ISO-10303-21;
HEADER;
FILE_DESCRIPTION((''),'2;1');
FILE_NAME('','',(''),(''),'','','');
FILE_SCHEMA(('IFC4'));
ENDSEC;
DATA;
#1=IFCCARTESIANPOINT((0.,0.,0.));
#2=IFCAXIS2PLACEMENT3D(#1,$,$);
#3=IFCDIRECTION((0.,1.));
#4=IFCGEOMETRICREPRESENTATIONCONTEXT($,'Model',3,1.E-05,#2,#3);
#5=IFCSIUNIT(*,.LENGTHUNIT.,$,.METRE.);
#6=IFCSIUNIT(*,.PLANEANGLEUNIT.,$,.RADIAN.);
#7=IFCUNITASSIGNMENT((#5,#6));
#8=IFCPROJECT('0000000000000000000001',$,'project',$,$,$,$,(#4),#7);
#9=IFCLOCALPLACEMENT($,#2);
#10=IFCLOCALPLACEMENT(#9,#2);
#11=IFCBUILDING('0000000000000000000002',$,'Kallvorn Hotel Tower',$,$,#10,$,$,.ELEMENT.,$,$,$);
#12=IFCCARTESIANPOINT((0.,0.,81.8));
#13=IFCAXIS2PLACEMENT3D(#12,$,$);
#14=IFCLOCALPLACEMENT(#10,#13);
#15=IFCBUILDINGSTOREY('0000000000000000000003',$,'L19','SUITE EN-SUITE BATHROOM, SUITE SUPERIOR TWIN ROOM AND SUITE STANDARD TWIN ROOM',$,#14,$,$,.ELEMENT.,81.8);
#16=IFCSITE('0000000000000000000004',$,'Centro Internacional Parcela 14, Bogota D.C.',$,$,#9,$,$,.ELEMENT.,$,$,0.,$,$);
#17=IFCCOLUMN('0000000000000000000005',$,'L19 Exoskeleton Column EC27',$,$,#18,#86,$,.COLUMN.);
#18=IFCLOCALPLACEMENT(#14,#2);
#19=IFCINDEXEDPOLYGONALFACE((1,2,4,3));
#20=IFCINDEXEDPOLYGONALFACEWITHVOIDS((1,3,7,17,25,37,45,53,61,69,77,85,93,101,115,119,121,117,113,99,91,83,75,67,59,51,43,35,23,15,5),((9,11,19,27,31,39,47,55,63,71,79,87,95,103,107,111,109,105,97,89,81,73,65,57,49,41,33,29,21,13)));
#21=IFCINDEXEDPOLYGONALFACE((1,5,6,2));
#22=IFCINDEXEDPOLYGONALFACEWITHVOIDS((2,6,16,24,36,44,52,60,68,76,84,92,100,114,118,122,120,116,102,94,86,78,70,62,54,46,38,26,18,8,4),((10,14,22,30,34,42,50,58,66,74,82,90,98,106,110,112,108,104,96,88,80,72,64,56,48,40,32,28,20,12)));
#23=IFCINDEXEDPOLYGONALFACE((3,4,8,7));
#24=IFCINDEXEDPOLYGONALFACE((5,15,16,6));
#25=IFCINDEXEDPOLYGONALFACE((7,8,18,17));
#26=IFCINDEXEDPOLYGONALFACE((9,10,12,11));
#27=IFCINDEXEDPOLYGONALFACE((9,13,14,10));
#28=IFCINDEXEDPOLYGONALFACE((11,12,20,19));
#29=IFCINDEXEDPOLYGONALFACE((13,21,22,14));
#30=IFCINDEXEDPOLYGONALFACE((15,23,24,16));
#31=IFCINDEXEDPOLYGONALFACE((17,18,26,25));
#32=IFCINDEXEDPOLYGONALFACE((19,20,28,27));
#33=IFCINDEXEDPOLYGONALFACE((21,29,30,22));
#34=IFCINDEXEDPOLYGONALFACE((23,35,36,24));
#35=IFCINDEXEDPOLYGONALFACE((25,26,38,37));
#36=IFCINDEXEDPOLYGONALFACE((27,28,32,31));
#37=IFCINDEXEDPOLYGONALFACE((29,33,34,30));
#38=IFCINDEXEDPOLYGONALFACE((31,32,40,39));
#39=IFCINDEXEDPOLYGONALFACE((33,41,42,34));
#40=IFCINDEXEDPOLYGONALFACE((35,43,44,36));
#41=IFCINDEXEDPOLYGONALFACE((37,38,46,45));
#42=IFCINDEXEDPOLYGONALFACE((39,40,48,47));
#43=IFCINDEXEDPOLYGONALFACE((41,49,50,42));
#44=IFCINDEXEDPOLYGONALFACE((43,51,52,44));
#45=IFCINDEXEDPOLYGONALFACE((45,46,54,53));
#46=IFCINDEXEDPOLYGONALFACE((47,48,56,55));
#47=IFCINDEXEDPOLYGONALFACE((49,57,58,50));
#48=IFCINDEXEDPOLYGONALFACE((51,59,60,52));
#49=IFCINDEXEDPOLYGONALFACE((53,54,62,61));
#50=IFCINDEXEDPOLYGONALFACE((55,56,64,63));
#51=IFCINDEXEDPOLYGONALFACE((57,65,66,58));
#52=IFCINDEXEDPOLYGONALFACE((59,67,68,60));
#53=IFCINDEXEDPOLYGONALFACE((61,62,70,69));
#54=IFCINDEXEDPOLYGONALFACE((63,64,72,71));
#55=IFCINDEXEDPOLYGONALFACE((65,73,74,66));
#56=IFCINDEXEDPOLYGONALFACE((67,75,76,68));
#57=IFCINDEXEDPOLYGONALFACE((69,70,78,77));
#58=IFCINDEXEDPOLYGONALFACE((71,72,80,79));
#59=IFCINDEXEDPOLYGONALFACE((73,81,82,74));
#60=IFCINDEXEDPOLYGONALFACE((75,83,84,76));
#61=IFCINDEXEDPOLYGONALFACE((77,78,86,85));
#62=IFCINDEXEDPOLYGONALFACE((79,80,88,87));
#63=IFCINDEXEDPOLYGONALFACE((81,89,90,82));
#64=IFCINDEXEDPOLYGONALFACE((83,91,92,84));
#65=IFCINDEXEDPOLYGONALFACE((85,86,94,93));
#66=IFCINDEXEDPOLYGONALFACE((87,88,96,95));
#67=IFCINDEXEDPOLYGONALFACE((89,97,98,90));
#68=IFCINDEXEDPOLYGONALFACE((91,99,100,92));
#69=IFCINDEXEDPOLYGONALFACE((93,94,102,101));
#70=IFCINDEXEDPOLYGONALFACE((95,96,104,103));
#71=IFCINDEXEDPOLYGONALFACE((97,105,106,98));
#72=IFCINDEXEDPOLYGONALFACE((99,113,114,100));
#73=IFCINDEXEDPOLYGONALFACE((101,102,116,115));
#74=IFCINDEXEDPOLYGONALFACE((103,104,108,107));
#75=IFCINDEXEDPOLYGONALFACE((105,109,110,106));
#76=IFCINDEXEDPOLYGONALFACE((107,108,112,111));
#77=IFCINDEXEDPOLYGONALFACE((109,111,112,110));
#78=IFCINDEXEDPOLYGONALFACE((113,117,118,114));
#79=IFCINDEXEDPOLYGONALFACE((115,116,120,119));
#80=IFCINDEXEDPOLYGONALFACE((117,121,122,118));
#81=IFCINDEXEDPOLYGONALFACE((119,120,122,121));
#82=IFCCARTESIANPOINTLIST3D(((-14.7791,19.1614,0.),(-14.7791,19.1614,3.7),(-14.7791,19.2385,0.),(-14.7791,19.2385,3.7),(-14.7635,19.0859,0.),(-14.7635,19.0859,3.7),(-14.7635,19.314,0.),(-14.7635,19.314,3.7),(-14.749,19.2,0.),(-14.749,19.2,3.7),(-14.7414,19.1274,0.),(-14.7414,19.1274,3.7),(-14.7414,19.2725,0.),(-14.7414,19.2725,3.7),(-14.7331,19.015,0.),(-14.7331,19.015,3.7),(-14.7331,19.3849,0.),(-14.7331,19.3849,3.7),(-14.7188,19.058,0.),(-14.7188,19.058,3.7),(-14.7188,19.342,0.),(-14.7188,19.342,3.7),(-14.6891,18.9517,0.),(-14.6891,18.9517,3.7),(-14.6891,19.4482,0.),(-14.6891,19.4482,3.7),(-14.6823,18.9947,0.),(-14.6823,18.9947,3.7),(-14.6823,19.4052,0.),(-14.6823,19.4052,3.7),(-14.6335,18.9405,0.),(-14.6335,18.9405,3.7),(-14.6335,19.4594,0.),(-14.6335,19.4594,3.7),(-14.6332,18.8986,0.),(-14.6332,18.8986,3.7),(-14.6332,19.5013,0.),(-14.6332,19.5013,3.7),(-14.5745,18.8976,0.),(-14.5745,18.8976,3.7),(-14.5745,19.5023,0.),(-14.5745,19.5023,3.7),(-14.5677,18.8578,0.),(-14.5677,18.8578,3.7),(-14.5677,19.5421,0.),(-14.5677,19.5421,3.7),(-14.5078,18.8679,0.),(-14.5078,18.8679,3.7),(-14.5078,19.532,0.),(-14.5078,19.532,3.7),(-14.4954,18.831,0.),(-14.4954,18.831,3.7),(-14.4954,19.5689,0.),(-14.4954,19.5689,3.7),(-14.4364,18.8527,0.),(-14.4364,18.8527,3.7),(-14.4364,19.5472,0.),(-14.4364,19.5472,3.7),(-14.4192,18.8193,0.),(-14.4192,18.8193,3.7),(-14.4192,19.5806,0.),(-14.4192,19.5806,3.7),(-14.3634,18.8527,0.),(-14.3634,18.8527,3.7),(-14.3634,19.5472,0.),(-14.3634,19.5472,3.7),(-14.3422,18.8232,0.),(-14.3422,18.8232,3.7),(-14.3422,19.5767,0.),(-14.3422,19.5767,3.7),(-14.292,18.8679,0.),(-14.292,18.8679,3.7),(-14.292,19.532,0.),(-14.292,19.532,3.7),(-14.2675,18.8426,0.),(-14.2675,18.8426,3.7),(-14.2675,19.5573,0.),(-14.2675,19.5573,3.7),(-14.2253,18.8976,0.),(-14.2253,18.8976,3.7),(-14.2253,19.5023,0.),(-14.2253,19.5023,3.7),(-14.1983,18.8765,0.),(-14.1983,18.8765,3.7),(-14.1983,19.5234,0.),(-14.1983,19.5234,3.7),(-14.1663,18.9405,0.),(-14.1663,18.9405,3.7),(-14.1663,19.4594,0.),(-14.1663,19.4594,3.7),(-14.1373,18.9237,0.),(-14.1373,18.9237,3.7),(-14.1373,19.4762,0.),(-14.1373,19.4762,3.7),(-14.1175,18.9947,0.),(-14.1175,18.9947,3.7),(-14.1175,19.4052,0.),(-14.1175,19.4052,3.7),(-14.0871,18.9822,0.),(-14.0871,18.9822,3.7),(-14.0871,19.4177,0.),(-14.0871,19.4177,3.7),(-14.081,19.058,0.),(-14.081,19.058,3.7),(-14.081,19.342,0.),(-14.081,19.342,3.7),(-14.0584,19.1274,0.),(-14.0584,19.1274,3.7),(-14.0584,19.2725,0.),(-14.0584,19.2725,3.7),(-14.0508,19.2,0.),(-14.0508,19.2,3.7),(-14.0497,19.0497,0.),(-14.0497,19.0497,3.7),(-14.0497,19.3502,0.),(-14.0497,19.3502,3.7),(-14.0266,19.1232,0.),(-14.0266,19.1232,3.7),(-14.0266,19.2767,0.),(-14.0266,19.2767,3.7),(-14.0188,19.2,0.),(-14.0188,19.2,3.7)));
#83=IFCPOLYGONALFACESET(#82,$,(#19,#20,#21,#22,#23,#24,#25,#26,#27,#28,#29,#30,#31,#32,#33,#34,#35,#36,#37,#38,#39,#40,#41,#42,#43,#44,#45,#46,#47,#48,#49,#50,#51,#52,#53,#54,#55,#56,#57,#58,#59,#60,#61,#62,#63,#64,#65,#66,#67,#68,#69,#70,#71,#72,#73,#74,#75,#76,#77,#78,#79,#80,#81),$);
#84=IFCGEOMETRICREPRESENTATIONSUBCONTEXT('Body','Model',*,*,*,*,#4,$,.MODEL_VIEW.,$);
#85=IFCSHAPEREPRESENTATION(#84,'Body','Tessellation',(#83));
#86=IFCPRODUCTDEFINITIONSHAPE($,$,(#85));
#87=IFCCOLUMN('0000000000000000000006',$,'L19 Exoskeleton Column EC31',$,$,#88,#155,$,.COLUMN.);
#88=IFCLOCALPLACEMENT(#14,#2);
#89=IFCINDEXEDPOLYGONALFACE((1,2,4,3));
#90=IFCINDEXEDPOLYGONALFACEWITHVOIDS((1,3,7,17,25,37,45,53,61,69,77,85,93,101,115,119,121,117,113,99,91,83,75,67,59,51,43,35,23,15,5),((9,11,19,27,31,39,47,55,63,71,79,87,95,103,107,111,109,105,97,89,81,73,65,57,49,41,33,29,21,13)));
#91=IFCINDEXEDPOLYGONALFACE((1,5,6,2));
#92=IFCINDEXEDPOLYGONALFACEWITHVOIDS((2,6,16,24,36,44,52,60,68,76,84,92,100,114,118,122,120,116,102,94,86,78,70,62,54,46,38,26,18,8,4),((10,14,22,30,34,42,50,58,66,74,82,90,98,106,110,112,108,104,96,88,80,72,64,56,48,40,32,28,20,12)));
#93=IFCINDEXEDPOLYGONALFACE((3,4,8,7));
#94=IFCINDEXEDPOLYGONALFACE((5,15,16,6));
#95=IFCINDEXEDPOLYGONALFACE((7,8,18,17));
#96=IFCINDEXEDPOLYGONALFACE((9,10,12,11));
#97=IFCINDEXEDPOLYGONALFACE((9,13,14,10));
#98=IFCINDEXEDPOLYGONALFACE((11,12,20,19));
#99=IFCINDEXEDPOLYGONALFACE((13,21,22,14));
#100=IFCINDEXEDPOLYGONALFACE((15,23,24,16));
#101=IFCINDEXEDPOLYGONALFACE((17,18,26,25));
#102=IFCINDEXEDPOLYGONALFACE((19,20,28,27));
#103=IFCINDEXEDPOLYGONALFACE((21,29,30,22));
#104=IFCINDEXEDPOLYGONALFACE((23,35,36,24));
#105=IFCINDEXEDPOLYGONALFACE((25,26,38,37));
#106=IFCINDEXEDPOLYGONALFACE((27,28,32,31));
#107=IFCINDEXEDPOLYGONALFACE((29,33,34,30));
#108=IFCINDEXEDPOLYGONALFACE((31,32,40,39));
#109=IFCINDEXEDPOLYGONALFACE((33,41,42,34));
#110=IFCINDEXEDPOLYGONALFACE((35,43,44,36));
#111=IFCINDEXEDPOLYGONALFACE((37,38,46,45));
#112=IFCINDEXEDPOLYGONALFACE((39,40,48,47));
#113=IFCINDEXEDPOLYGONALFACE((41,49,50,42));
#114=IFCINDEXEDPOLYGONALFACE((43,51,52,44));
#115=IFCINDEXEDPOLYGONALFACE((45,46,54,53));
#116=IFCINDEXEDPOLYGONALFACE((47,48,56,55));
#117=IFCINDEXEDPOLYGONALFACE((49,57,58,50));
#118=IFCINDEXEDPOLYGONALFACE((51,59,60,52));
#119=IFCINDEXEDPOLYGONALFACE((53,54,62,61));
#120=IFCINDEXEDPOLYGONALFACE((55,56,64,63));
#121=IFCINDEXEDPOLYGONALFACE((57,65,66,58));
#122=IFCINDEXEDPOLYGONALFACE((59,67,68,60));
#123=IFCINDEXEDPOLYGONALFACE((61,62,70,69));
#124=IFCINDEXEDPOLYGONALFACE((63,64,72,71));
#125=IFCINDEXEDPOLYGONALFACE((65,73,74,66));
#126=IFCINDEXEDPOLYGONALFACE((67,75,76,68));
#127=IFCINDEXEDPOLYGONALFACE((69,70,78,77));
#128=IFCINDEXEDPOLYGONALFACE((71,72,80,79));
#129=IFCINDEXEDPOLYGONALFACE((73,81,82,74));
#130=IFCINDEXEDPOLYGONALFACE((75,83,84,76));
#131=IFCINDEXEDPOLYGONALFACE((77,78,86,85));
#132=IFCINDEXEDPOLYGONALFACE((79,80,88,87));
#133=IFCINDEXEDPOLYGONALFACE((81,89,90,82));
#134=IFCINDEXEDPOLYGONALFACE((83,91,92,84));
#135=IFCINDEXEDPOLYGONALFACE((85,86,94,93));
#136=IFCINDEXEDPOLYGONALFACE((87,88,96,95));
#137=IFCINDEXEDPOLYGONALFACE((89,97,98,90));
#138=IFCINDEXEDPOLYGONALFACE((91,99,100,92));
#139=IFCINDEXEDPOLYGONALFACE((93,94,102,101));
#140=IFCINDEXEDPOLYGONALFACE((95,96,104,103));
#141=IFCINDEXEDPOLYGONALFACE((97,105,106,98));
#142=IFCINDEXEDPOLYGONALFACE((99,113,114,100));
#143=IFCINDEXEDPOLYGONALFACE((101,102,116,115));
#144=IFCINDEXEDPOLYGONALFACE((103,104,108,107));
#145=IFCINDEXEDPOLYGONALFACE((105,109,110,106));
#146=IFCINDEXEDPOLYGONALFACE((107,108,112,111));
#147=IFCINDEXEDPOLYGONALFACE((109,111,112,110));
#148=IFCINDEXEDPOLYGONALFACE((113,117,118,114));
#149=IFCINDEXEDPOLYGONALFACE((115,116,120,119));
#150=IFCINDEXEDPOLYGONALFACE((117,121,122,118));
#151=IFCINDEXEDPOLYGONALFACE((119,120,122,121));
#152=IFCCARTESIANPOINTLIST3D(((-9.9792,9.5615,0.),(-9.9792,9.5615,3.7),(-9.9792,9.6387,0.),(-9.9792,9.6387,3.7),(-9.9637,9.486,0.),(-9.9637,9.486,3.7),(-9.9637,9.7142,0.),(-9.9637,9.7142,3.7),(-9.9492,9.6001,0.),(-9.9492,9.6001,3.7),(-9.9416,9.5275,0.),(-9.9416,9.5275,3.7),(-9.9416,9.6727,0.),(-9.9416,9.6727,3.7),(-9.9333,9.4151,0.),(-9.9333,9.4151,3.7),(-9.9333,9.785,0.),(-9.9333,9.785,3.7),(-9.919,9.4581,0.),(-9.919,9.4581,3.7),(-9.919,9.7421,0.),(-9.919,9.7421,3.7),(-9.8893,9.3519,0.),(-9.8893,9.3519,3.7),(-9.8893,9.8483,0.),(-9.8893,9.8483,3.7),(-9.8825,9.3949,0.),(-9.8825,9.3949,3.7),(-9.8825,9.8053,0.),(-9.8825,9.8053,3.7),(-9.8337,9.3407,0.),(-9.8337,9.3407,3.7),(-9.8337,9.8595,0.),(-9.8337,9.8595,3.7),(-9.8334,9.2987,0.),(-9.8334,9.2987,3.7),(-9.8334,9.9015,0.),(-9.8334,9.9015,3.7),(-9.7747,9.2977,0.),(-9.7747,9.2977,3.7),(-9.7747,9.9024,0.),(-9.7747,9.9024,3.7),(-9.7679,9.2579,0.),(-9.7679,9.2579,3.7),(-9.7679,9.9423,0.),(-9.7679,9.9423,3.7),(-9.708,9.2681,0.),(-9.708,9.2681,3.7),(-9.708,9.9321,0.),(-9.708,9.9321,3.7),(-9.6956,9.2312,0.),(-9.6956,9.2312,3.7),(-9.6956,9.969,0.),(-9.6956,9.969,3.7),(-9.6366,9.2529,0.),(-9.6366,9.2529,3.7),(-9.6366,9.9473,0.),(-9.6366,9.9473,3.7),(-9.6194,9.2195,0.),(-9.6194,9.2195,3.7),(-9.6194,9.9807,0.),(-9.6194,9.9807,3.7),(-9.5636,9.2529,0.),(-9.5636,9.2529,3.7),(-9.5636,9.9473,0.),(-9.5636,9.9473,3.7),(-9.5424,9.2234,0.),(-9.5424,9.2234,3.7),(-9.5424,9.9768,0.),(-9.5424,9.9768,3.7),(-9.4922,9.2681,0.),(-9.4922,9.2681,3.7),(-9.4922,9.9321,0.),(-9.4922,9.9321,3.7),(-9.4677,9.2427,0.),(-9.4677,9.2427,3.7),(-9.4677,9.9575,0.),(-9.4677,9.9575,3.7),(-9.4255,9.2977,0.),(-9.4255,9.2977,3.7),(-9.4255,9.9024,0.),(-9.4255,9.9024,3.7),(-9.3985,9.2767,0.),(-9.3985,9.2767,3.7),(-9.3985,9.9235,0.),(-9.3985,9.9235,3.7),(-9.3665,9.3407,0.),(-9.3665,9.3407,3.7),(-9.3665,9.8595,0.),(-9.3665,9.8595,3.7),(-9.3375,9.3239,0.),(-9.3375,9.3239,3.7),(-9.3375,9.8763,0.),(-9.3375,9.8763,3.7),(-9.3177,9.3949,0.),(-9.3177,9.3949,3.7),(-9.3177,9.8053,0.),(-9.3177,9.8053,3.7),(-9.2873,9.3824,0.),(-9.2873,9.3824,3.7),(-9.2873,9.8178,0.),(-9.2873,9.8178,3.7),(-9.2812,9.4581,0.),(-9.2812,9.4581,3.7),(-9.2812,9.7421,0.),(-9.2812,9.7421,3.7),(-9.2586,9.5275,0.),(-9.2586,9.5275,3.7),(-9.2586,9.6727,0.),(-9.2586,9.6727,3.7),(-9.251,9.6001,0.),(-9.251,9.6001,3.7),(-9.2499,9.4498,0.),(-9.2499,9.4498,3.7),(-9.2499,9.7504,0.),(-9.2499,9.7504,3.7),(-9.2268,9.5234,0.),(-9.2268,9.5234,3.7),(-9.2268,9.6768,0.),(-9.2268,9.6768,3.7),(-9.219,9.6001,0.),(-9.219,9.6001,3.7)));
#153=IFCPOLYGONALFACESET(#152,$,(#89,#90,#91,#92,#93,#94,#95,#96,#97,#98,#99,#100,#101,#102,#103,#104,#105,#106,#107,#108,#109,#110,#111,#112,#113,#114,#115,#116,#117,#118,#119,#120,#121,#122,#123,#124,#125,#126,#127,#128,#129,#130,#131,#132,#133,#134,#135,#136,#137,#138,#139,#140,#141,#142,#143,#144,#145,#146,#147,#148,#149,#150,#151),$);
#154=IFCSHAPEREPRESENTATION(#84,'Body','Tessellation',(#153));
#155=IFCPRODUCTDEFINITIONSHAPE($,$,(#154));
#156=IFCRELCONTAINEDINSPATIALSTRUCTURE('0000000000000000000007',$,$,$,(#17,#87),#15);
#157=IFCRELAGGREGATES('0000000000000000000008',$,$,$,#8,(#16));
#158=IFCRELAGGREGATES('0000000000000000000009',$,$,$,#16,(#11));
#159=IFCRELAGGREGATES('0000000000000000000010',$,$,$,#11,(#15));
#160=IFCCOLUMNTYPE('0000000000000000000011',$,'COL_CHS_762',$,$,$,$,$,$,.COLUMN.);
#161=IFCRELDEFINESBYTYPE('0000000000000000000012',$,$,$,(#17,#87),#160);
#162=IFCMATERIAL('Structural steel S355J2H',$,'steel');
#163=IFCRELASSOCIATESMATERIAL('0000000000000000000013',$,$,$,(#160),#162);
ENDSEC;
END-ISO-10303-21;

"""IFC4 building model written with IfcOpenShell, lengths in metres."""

from ifc_helpers import new_model, si_unit, direction, frame, origin, origin_2d, place, context, subcontext, project, spatial, hollow_circle, extrude, material, material_profile, profile_set, type_object, element, save


model = new_model("IFC4")

# Units and contexts
model_context = context("Model", 3, precision=1e-05, world=origin(), true_north=direction((0.0, 1.0)))
body_context = subcontext(model_context, "Body", "Model", "MODEL_VIEW")
ifc_project = project(units=[si_unit("LENGTHUNIT", "METRE"), si_unit("PLANEANGLEUNIT", "RADIAN")], contexts=[model_context])

# Site, building, storey
site_placement = place(None, origin())
site = spatial("IfcSite", under=ifc_project, at=site_placement, Name="Centro Internacional Parcela 14, Bogota D.C.", CompositionType="ELEMENT", RefElevation=0.0)
building_placement = place(site_placement, origin())
building = spatial("IfcBuilding", under=site, at=building_placement, Name="Kallvorn Hotel Tower", CompositionType="ELEMENT")
storey_placement = place(building_placement, frame((0.0, 0.0, 81.8)))
storey = spatial("IfcBuildingStorey", under=building, at=storey_placement, Name="L19", Description="SUITE EN-SUITE BATHROOM, SUITE SUPERIOR TWIN ROOM AND SUITE STANDARD TWIN ROOM", CompositionType="ELEMENT", Elevation=81.8)

# Columns
ifc_material_1 = material(Name="Structural steel S355J2H", Category="steel")
ifc_material_profile_1 = material_profile(ifc_material_1, hollow_circle(Radius=0.3811, WallThickness=0.032, at=origin_2d()), Name="CHS 762x32")
ifc_profile_set_1 = profile_set([ifc_material_profile_1], Name="Structural steel S355J2H")
column_type_1 = type_object("IfcColumnType", Name="COL_CHS_762", PredefinedType="COLUMN", material=ifc_profile_set_1)
for number, where, z_axis, x_axis, name in (
    (1, (-14.3999, 19.2, 0.0), (0.0, 0.0, 1.0), (1.0, 0.0, 0.0), "L19 Exoskeleton Column EC27"),
    (2, (-9.6001, 9.6001, 0.0), (0.0, 0.0, 1.0), (1.0, 0.0, 0.0), "L19 Exoskeleton Column EC31"),
):
    element("IfcColumn", number, at=place(storey_placement, frame(where, z_axis=z_axis, x_axis=x_axis)), inside=storey, type_object=column_type_1, Name=name, PredefinedType="COLUMN", context=body_context, shape_type="SweptSolid", body=[
        extrude(hollow_circle(Radius=0.3811, WallThickness=0.032, at=origin_2d()), origin(), (0.0, 0.0, 1.0), 3.7),
    ])

save(model, "model.ifc")
